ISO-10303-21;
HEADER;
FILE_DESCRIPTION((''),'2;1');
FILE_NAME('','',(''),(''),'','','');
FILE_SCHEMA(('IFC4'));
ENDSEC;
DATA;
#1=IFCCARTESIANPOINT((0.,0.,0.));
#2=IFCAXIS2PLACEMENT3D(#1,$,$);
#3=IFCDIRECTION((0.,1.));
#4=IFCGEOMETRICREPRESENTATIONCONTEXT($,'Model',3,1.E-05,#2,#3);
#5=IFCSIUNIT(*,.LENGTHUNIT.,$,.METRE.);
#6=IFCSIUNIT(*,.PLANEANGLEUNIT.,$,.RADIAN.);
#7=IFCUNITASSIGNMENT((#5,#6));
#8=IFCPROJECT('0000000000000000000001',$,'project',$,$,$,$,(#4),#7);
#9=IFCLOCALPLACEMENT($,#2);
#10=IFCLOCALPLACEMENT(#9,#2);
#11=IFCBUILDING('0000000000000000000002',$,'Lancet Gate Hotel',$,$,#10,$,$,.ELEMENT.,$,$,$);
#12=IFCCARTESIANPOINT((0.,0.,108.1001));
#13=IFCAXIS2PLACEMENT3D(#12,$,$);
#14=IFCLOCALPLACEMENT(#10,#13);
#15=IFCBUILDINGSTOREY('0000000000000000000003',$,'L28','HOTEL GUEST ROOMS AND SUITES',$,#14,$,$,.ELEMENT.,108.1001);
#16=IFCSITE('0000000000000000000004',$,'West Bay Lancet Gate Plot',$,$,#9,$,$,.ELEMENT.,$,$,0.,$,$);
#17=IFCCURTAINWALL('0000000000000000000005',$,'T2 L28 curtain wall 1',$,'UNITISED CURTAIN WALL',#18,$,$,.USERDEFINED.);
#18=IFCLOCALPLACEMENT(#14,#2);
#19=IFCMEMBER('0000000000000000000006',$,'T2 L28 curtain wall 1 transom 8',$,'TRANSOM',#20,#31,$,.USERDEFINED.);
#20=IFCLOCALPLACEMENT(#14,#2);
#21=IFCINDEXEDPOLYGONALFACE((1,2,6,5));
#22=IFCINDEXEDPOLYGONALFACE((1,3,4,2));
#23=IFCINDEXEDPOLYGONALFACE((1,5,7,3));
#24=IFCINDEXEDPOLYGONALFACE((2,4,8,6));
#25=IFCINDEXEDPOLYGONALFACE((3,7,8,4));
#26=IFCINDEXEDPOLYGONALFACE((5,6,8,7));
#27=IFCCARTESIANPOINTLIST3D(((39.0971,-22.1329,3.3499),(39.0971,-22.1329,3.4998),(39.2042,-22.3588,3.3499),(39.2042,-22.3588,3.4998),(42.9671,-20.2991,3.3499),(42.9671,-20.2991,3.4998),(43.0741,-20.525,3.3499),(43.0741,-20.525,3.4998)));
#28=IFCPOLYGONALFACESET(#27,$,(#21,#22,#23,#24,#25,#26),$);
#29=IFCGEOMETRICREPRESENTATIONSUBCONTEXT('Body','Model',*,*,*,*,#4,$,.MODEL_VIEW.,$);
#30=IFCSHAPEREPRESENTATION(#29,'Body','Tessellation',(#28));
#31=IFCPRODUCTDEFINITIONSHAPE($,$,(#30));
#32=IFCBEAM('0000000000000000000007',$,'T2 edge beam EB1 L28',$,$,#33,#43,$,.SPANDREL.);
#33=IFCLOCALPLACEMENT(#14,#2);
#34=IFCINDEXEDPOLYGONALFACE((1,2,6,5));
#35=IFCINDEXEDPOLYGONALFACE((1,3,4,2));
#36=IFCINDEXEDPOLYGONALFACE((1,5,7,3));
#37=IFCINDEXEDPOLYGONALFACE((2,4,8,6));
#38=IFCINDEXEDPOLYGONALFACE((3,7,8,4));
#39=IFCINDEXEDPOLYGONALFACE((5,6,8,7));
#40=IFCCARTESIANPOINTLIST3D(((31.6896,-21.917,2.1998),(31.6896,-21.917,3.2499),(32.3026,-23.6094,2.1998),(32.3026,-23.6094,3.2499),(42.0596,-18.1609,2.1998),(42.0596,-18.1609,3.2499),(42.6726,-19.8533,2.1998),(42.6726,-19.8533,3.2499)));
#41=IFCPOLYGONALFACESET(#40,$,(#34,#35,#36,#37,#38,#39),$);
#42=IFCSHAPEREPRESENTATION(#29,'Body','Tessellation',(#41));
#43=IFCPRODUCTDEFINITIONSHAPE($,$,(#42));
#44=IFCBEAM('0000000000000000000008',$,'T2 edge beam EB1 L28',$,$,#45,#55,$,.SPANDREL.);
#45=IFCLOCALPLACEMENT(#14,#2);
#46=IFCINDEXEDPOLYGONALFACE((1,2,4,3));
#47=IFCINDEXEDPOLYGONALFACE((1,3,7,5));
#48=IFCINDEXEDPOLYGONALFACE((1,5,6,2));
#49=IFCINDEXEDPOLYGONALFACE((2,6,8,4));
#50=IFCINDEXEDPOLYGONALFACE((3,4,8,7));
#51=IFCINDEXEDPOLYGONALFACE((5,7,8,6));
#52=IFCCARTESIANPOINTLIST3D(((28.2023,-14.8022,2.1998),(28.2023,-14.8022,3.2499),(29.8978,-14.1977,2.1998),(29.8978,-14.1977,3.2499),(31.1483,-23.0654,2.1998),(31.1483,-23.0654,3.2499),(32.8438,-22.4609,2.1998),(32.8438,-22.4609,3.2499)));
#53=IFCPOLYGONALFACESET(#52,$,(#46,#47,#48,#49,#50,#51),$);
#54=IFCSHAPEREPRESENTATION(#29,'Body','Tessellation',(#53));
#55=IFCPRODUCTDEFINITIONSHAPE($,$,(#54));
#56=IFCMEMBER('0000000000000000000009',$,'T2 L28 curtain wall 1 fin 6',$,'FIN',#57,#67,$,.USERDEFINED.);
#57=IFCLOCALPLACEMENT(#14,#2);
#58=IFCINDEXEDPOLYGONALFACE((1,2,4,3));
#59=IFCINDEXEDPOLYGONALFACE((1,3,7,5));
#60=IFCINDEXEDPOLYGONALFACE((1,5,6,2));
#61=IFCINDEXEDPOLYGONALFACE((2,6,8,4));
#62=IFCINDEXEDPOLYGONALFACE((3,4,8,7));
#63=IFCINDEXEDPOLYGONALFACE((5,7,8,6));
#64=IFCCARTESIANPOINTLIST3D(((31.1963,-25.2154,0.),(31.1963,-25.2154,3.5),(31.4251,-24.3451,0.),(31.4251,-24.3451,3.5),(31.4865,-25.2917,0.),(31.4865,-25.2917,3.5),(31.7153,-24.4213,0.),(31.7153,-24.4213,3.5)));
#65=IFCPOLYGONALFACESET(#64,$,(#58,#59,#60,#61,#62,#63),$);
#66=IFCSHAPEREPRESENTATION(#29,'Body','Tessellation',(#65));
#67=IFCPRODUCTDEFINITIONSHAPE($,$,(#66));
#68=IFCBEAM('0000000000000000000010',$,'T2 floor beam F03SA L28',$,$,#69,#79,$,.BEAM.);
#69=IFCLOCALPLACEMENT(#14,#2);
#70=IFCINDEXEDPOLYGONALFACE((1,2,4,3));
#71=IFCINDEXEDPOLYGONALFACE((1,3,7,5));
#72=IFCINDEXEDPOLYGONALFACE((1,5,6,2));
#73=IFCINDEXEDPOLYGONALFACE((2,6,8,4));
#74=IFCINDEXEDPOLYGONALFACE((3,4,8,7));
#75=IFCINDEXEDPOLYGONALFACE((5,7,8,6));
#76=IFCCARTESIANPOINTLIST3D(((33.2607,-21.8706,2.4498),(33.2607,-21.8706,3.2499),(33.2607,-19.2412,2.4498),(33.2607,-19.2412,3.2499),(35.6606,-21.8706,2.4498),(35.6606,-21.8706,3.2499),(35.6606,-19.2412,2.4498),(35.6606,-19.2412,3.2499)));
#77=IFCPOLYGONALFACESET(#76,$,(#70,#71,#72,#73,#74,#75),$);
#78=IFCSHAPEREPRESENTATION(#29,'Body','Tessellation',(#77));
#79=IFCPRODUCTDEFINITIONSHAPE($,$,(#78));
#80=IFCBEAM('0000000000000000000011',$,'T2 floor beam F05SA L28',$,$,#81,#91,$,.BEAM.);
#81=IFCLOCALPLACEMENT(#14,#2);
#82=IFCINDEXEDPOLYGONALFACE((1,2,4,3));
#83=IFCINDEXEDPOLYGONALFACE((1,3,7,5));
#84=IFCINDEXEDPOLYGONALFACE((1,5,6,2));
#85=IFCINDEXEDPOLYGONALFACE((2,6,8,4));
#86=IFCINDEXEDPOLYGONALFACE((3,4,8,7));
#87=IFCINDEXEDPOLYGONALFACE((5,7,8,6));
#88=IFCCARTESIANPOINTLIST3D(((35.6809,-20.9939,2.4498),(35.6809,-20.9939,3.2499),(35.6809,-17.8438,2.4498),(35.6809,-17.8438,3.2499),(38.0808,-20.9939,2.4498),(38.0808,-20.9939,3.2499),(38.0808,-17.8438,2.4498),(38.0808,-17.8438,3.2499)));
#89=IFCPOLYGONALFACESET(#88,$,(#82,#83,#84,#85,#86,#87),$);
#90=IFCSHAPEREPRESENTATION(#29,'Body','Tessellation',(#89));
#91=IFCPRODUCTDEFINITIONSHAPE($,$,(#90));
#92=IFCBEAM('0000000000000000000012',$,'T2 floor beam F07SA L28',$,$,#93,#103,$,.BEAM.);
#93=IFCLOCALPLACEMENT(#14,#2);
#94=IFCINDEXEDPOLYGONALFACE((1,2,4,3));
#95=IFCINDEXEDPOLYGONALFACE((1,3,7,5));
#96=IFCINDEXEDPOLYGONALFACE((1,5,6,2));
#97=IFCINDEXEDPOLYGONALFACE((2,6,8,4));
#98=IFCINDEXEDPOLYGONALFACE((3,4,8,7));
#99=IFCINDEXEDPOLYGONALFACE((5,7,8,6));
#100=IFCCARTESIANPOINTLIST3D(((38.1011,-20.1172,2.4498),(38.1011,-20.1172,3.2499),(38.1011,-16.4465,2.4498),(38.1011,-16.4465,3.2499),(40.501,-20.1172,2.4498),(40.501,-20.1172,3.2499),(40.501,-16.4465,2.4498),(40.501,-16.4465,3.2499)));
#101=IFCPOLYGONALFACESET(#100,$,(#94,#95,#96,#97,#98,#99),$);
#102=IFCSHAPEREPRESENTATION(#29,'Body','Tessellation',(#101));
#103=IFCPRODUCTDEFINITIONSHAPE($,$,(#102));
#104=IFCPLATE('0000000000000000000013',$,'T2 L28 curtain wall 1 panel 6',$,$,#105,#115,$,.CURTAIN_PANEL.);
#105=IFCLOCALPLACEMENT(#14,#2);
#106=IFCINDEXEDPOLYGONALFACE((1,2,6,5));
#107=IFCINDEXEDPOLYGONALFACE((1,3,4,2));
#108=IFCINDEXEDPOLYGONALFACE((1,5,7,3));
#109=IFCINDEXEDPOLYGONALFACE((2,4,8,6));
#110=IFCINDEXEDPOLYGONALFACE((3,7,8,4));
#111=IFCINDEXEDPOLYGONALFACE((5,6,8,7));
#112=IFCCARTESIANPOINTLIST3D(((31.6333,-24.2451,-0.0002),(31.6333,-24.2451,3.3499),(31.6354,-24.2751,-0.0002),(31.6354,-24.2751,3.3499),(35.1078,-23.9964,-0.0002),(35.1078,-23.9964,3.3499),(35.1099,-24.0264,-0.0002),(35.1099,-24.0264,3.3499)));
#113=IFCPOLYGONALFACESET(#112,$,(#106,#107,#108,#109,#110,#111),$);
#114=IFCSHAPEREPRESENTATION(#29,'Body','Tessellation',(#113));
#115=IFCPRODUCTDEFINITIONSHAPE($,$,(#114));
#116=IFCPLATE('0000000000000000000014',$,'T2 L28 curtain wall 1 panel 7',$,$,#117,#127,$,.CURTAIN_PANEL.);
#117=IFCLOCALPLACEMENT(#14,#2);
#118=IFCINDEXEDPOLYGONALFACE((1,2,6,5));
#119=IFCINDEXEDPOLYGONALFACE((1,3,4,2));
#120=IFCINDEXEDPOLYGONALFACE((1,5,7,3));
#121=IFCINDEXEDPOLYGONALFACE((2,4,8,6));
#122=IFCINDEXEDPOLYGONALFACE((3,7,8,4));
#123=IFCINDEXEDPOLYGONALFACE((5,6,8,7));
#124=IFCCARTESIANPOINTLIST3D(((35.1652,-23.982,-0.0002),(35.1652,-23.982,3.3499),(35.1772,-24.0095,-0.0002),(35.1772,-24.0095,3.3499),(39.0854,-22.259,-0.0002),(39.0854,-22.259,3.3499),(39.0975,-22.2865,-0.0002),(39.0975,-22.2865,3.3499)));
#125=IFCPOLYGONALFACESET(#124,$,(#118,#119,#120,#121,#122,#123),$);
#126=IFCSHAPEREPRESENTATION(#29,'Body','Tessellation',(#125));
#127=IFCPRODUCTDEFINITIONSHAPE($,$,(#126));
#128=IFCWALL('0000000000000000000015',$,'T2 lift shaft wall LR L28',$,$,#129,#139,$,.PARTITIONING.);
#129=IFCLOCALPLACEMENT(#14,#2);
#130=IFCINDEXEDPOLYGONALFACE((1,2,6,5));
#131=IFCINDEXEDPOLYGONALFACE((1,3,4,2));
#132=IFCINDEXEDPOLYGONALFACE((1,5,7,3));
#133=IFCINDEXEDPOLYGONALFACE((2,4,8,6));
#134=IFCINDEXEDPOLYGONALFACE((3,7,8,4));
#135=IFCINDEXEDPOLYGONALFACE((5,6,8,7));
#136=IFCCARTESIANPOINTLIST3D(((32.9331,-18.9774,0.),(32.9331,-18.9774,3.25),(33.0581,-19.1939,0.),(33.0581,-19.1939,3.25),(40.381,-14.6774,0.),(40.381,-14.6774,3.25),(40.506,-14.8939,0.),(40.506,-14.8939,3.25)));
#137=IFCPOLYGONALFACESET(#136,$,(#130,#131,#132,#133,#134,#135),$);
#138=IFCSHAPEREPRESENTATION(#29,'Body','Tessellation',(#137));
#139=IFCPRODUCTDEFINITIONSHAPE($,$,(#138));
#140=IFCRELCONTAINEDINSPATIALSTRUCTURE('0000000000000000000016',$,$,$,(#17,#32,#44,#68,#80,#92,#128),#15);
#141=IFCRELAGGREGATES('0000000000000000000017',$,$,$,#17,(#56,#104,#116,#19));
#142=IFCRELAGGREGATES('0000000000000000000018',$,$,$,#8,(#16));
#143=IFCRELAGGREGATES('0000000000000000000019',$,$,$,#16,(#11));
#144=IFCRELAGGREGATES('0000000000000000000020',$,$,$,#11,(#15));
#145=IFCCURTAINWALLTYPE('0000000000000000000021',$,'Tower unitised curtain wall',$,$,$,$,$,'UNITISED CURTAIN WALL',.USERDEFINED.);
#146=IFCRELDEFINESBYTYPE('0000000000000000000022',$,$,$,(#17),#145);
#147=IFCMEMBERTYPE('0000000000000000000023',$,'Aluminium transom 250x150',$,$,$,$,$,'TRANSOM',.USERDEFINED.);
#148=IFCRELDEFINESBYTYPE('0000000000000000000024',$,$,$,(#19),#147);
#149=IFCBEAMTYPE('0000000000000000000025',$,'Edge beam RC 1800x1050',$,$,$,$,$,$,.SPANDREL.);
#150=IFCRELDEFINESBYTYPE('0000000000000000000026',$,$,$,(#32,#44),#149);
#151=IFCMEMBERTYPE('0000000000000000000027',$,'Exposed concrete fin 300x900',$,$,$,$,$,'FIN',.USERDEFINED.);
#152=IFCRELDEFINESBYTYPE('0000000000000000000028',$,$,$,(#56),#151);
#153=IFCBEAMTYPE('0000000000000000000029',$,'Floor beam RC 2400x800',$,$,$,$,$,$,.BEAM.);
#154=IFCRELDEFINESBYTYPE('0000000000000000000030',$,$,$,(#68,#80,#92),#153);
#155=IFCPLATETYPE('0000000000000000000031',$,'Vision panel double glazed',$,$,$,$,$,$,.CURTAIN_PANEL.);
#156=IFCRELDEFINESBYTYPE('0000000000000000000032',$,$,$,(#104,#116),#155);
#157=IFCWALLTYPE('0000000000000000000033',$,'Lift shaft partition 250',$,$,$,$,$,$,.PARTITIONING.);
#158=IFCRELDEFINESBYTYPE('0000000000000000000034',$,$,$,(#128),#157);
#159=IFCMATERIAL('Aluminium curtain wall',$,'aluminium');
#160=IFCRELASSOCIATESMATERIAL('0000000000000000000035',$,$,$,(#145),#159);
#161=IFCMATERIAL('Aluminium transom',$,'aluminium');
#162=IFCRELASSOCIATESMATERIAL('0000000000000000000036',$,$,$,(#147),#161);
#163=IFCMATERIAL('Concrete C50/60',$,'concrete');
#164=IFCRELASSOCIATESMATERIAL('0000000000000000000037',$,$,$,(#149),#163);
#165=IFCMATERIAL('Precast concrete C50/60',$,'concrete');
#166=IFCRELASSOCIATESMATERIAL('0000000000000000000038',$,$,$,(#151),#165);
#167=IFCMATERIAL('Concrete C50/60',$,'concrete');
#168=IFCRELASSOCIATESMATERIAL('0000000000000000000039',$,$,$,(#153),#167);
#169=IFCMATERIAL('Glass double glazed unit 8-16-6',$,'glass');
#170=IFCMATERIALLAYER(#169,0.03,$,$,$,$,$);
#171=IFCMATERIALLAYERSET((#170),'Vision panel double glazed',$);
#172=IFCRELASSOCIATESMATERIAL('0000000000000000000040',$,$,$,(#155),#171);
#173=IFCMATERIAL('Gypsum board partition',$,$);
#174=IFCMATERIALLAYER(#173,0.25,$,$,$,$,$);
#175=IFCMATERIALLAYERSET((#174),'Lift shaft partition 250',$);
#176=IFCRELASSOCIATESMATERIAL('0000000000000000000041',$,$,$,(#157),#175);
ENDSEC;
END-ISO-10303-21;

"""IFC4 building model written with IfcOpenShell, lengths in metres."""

from ifc_helpers import new_model, si_unit, direction, frame, frame_2d, origin, origin_2d, place, context, subcontext, project, spatial, rectangle, extrude, material, layer, layer_set, material_profile, profile_set, type_object, element, aggregate, save


model = new_model("IFC4")

# Units and contexts
model_context = context("Model", 3, precision=1e-05, world=origin(), true_north=direction((0.0, 1.0)))
body_context = subcontext(model_context, "Body", "Model", "MODEL_VIEW")
ifc_project = project(units=[si_unit("LENGTHUNIT", "METRE"), si_unit("PLANEANGLEUNIT", "RADIAN")], contexts=[model_context])

# Site, building, storey
site_placement = place(None, origin())
site = spatial("IfcSite", under=ifc_project, at=site_placement, Name="West Bay Lancet Gate Plot", CompositionType="ELEMENT", RefElevation=0.0)
building_placement = place(site_placement, origin())
building = spatial("IfcBuilding", under=site, at=building_placement, Name="Lancet Gate Hotel", CompositionType="ELEMENT")
storey_placement = place(building_placement, frame((0.0, 0.0, 108.1001)))
storey = spatial("IfcBuildingStorey", under=building, at=storey_placement, Name="L28", Description="HOTEL GUEST ROOMS AND SUITES", CompositionType="ELEMENT", Elevation=108.1001)

# Curtain wall, member
ifc_material_1 = material(Name="Aluminium curtain wall", Category="aluminium")
curtain_wall_type = type_object("IfcCurtainWallType", Name="Tower unitised curtain wall", ElementType="UNITISED CURTAIN WALL", PredefinedType="USERDEFINED", material=ifc_material_1)
curtain_wall_placement = place(storey_placement, origin())
curtain_wall = element("IfcCurtainWall", 1, at=curtain_wall_placement, inside=storey, type_object=curtain_wall_type, Name="T2 L28 curtain wall 1", ObjectType="UNITISED CURTAIN WALL", PredefinedType="USERDEFINED")
ifc_material_2 = material(Name="Aluminium transom", Category="aluminium")
ifc_material_profile_1 = material_profile(ifc_material_2, rectangle(XDim=0.25, YDim=0.1499, at=origin_2d()), Name="TRANSOM 250x150")
ifc_profile_set_1 = profile_set([ifc_material_profile_1], Name="Aluminium transom")
member_type_1 = type_object("IfcMemberType", Name="Aluminium transom 250x150", ElementType="TRANSOM", PredefinedType="USERDEFINED", material=ifc_profile_set_1)
member_1_placement = place(storey_placement, frame((39.1506, -22.2458, 3.4248), z_axis=(0.90368, 0.428209, 0.0), x_axis=(-0.428209, 0.90368, 0.0)))
member_1 = element("IfcMember", 2, at=member_1_placement, type_object=member_type_1, Name="T2 L28 curtain wall 1 transom 8", ObjectType="TRANSOM", PredefinedType="USERDEFINED", context=body_context, shape_type="SweptSolid", body=[
    extrude(rectangle(XDim=0.25, YDim=0.1499, at=origin_2d()), origin(), (0.0, 0.0, 1.0), 4.2825),
])

# Beams
ifc_material_3 = material(Name="Concrete C50/60", Category="concrete")
ifc_material_profile_2 = material_profile(ifc_material_3, rectangle(XDim=1.8, YDim=1.05, at=origin_2d()), Name="RC 1800x1050")
ifc_profile_set_2 = profile_set([ifc_material_profile_2], Name="Concrete C50/60")
beam_type_1 = type_object("IfcBeamType", Name="Edge beam RC 1800x1050", PredefinedType="SPANDREL", material=ifc_profile_set_2)
beam_1_placement = place(storey_placement, frame((31.9961, -22.7632, 2.7249), z_axis=(0.940225, 0.340554, 0.0), x_axis=(-0.340554, 0.940225, 0.0)))
element("IfcBeam", 3, at=beam_1_placement, inside=storey, type_object=beam_type_1, Name="T2 edge beam EB1 L28", PredefinedType="SPANDREL", context=body_context, shape_type="SweptSolid", body=[
    extrude(rectangle(XDim=1.8, YDim=1.05, at=origin_2d()), origin(), (0.0, 0.0, 1.0), 11.0293),
])
beam_2_placement = place(storey_placement, frame((31.9961, -22.7632, 2.7249), z_axis=(-0.335822, 0.941926, 0.0), x_axis=(-0.941926, -0.335822, 0.0)))
element("IfcBeam", 4, at=beam_2_placement, inside=storey, type_object=beam_type_1, Name="T2 edge beam EB1 L28", PredefinedType="SPANDREL", context=body_context, shape_type="SweptSolid", body=[
    extrude(rectangle(XDim=1.8, YDim=1.05, at=origin_2d()), origin(), (0.0, 0.0, 1.0), 8.7727),
])

# Member
ifc_material_4 = material(Name="Precast concrete C50/60", Category="concrete")
ifc_material_profile_3 = material_profile(ifc_material_4, rectangle(XDim=0.3, YDim=0.8999, at=origin_2d()), Name="FIN 300x900")
ifc_profile_set_3 = profile_set([ifc_material_profile_3], Name="Precast concrete C50/60")
member_type_2 = type_object("IfcMemberType", Name="Exposed concrete fin 300x900", ElementType="FIN", PredefinedType="USERDEFINED", material=ifc_profile_set_3)
member_2_placement = place(storey_placement, frame((31.4558, -24.8184, 0.0), z_axis=(0.0, 0.0, 1.0), x_axis=(0.967157, -0.254179, 0.0)))
member_2 = element("IfcMember", 5, at=member_2_placement, type_object=member_type_2, Name="T2 L28 curtain wall 1 fin 6", ObjectType="FIN", PredefinedType="USERDEFINED", context=body_context, shape_type="SweptSolid", body=[
    extrude(rectangle(XDim=0.3, YDim=0.8999, at=origin_2d()), origin(), (0.0, 0.0, 1.0), 3.5),
])

# Beams
ifc_material_5 = material(Name="Concrete C50/60", Category="concrete")
ifc_material_profile_4 = material_profile(ifc_material_5, rectangle(XDim=2.3999, YDim=0.8, at=origin_2d()), Name="RC 2400x800")
ifc_profile_set_4 = profile_set([ifc_material_profile_4], Name="Concrete C50/60")
beam_type_2 = type_object("IfcBeamType", Name="Floor beam RC 2400x800", PredefinedType="BEAM", material=ifc_profile_set_4)
beam_3_placement = place(storey_placement, frame((34.4607, -21.8706, 2.8499), z_axis=(0.0, 1.0, 0.0), x_axis=(-1.0, 0.0, 0.0)))
element("IfcBeam", 6, at=beam_3_placement, inside=storey, type_object=beam_type_2, Name="T2 floor beam F03SA L28", PredefinedType="BEAM", context=body_context, shape_type="SweptSolid", body=[
    extrude(rectangle(XDim=2.3999, YDim=0.8, at=origin_2d()), origin(), (0.0, 0.0, 1.0), 2.6294),
])
beam_4_placement = place(storey_placement, frame((36.8809, -20.9939, 2.8499), z_axis=(0.0, 1.0, 0.0), x_axis=(-1.0, 0.0, 0.0)))
element("IfcBeam", 7, at=beam_4_placement, inside=storey, type_object=beam_type_2, Name="T2 floor beam F05SA L28", PredefinedType="BEAM", context=body_context, shape_type="SweptSolid", body=[
    extrude(rectangle(XDim=2.3999, YDim=0.8, at=origin_2d()), origin(), (0.0, 0.0, 1.0), 3.1501),
])
beam_5_placement = place(storey_placement, frame((39.301, -20.1172, 2.8499), z_axis=(0.0, 1.0, 0.0), x_axis=(-1.0, 0.0, 0.0)))
element("IfcBeam", 8, at=beam_5_placement, inside=storey, type_object=beam_type_2, Name="T2 floor beam F07SA L28", PredefinedType="BEAM", context=body_context, shape_type="SweptSolid", body=[
    extrude(rectangle(XDim=2.3999, YDim=0.8, at=origin_2d()), origin(), (0.0, 0.0, 1.0), 3.6707),
])

# Plates
ifc_material_6 = material(Name="Glass double glazed unit 8-16-6", Category="glass")
ifc_layer_1 = layer(ifc_material_6, 0.03)
ifc_layer_set_1 = layer_set([ifc_layer_1], Name="Vision panel double glazed")
plate_type = type_object("IfcPlateType", Name="Vision panel double glazed", PredefinedType="CURTAIN_PANEL", material=ifc_layer_set_1)
plate_1_placement = place(storey_placement, frame((33.3716, -24.1357, -0.0002), z_axis=(0.0, 0.0, 1.0), x_axis=(0.997448, 0.07139, 0.0)))
plate_1 = element("IfcPlate", 9, at=plate_1_placement, type_object=plate_type, Name="T2 L28 curtain wall 1 panel 6", PredefinedType="CURTAIN_PANEL", context=body_context, shape_type="SweptSolid", body=[
    extrude(rectangle(XDim=3.4834, YDim=0.03, at=origin_2d()), origin(), (0.0, 0.0, 1.0), 3.3501),
])
plate_2_placement = place(storey_placement, frame((37.1313, -23.1343, -0.0002), z_axis=(0.0, 0.0, 1.0), x_axis=(0.915479, 0.402367, 0.0)))
plate_2 = element("IfcPlate", 10, at=plate_2_placement, type_object=plate_type, Name="T2 L28 curtain wall 1 panel 7", PredefinedType="CURTAIN_PANEL", context=body_context, shape_type="SweptSolid", body=[
    extrude(rectangle(XDim=4.2822, YDim=0.03, at=origin_2d()), origin(), (0.0, 0.0, 1.0), 3.3501),
])
aggregate(curtain_wall, [member_2, plate_1, plate_2, member_1])

# Wall
ifc_material_7 = material(Name="Gypsum board partition")
ifc_layer_2 = layer(ifc_material_7, 0.25)
ifc_layer_set_2 = layer_set([ifc_layer_2], Name="Lift shaft partition 250")
wall_type = type_object("IfcWallType", Name="Lift shaft partition 250", PredefinedType="PARTITIONING", material=ifc_layer_set_2)
wall_placement = place(storey_placement, frame((32.9956, -19.0857, 0.0), z_axis=(0.0, 0.0, 1.0), x_axis=(0.866028, 0.499995, 0.0)))
element("IfcWall", 11, at=wall_placement, inside=storey, type_object=wall_type, Name="T2 lift shaft wall LR L28", PredefinedType="PARTITIONING", context=body_context, shape_type="SweptSolid", body=[
    extrude(rectangle(XDim=8.6001, YDim=0.25, at=frame_2d((4.3, 0.0))), origin(), (0.0, 0.0, 1.0), 3.25),
])

save(model, "model.ifc")
